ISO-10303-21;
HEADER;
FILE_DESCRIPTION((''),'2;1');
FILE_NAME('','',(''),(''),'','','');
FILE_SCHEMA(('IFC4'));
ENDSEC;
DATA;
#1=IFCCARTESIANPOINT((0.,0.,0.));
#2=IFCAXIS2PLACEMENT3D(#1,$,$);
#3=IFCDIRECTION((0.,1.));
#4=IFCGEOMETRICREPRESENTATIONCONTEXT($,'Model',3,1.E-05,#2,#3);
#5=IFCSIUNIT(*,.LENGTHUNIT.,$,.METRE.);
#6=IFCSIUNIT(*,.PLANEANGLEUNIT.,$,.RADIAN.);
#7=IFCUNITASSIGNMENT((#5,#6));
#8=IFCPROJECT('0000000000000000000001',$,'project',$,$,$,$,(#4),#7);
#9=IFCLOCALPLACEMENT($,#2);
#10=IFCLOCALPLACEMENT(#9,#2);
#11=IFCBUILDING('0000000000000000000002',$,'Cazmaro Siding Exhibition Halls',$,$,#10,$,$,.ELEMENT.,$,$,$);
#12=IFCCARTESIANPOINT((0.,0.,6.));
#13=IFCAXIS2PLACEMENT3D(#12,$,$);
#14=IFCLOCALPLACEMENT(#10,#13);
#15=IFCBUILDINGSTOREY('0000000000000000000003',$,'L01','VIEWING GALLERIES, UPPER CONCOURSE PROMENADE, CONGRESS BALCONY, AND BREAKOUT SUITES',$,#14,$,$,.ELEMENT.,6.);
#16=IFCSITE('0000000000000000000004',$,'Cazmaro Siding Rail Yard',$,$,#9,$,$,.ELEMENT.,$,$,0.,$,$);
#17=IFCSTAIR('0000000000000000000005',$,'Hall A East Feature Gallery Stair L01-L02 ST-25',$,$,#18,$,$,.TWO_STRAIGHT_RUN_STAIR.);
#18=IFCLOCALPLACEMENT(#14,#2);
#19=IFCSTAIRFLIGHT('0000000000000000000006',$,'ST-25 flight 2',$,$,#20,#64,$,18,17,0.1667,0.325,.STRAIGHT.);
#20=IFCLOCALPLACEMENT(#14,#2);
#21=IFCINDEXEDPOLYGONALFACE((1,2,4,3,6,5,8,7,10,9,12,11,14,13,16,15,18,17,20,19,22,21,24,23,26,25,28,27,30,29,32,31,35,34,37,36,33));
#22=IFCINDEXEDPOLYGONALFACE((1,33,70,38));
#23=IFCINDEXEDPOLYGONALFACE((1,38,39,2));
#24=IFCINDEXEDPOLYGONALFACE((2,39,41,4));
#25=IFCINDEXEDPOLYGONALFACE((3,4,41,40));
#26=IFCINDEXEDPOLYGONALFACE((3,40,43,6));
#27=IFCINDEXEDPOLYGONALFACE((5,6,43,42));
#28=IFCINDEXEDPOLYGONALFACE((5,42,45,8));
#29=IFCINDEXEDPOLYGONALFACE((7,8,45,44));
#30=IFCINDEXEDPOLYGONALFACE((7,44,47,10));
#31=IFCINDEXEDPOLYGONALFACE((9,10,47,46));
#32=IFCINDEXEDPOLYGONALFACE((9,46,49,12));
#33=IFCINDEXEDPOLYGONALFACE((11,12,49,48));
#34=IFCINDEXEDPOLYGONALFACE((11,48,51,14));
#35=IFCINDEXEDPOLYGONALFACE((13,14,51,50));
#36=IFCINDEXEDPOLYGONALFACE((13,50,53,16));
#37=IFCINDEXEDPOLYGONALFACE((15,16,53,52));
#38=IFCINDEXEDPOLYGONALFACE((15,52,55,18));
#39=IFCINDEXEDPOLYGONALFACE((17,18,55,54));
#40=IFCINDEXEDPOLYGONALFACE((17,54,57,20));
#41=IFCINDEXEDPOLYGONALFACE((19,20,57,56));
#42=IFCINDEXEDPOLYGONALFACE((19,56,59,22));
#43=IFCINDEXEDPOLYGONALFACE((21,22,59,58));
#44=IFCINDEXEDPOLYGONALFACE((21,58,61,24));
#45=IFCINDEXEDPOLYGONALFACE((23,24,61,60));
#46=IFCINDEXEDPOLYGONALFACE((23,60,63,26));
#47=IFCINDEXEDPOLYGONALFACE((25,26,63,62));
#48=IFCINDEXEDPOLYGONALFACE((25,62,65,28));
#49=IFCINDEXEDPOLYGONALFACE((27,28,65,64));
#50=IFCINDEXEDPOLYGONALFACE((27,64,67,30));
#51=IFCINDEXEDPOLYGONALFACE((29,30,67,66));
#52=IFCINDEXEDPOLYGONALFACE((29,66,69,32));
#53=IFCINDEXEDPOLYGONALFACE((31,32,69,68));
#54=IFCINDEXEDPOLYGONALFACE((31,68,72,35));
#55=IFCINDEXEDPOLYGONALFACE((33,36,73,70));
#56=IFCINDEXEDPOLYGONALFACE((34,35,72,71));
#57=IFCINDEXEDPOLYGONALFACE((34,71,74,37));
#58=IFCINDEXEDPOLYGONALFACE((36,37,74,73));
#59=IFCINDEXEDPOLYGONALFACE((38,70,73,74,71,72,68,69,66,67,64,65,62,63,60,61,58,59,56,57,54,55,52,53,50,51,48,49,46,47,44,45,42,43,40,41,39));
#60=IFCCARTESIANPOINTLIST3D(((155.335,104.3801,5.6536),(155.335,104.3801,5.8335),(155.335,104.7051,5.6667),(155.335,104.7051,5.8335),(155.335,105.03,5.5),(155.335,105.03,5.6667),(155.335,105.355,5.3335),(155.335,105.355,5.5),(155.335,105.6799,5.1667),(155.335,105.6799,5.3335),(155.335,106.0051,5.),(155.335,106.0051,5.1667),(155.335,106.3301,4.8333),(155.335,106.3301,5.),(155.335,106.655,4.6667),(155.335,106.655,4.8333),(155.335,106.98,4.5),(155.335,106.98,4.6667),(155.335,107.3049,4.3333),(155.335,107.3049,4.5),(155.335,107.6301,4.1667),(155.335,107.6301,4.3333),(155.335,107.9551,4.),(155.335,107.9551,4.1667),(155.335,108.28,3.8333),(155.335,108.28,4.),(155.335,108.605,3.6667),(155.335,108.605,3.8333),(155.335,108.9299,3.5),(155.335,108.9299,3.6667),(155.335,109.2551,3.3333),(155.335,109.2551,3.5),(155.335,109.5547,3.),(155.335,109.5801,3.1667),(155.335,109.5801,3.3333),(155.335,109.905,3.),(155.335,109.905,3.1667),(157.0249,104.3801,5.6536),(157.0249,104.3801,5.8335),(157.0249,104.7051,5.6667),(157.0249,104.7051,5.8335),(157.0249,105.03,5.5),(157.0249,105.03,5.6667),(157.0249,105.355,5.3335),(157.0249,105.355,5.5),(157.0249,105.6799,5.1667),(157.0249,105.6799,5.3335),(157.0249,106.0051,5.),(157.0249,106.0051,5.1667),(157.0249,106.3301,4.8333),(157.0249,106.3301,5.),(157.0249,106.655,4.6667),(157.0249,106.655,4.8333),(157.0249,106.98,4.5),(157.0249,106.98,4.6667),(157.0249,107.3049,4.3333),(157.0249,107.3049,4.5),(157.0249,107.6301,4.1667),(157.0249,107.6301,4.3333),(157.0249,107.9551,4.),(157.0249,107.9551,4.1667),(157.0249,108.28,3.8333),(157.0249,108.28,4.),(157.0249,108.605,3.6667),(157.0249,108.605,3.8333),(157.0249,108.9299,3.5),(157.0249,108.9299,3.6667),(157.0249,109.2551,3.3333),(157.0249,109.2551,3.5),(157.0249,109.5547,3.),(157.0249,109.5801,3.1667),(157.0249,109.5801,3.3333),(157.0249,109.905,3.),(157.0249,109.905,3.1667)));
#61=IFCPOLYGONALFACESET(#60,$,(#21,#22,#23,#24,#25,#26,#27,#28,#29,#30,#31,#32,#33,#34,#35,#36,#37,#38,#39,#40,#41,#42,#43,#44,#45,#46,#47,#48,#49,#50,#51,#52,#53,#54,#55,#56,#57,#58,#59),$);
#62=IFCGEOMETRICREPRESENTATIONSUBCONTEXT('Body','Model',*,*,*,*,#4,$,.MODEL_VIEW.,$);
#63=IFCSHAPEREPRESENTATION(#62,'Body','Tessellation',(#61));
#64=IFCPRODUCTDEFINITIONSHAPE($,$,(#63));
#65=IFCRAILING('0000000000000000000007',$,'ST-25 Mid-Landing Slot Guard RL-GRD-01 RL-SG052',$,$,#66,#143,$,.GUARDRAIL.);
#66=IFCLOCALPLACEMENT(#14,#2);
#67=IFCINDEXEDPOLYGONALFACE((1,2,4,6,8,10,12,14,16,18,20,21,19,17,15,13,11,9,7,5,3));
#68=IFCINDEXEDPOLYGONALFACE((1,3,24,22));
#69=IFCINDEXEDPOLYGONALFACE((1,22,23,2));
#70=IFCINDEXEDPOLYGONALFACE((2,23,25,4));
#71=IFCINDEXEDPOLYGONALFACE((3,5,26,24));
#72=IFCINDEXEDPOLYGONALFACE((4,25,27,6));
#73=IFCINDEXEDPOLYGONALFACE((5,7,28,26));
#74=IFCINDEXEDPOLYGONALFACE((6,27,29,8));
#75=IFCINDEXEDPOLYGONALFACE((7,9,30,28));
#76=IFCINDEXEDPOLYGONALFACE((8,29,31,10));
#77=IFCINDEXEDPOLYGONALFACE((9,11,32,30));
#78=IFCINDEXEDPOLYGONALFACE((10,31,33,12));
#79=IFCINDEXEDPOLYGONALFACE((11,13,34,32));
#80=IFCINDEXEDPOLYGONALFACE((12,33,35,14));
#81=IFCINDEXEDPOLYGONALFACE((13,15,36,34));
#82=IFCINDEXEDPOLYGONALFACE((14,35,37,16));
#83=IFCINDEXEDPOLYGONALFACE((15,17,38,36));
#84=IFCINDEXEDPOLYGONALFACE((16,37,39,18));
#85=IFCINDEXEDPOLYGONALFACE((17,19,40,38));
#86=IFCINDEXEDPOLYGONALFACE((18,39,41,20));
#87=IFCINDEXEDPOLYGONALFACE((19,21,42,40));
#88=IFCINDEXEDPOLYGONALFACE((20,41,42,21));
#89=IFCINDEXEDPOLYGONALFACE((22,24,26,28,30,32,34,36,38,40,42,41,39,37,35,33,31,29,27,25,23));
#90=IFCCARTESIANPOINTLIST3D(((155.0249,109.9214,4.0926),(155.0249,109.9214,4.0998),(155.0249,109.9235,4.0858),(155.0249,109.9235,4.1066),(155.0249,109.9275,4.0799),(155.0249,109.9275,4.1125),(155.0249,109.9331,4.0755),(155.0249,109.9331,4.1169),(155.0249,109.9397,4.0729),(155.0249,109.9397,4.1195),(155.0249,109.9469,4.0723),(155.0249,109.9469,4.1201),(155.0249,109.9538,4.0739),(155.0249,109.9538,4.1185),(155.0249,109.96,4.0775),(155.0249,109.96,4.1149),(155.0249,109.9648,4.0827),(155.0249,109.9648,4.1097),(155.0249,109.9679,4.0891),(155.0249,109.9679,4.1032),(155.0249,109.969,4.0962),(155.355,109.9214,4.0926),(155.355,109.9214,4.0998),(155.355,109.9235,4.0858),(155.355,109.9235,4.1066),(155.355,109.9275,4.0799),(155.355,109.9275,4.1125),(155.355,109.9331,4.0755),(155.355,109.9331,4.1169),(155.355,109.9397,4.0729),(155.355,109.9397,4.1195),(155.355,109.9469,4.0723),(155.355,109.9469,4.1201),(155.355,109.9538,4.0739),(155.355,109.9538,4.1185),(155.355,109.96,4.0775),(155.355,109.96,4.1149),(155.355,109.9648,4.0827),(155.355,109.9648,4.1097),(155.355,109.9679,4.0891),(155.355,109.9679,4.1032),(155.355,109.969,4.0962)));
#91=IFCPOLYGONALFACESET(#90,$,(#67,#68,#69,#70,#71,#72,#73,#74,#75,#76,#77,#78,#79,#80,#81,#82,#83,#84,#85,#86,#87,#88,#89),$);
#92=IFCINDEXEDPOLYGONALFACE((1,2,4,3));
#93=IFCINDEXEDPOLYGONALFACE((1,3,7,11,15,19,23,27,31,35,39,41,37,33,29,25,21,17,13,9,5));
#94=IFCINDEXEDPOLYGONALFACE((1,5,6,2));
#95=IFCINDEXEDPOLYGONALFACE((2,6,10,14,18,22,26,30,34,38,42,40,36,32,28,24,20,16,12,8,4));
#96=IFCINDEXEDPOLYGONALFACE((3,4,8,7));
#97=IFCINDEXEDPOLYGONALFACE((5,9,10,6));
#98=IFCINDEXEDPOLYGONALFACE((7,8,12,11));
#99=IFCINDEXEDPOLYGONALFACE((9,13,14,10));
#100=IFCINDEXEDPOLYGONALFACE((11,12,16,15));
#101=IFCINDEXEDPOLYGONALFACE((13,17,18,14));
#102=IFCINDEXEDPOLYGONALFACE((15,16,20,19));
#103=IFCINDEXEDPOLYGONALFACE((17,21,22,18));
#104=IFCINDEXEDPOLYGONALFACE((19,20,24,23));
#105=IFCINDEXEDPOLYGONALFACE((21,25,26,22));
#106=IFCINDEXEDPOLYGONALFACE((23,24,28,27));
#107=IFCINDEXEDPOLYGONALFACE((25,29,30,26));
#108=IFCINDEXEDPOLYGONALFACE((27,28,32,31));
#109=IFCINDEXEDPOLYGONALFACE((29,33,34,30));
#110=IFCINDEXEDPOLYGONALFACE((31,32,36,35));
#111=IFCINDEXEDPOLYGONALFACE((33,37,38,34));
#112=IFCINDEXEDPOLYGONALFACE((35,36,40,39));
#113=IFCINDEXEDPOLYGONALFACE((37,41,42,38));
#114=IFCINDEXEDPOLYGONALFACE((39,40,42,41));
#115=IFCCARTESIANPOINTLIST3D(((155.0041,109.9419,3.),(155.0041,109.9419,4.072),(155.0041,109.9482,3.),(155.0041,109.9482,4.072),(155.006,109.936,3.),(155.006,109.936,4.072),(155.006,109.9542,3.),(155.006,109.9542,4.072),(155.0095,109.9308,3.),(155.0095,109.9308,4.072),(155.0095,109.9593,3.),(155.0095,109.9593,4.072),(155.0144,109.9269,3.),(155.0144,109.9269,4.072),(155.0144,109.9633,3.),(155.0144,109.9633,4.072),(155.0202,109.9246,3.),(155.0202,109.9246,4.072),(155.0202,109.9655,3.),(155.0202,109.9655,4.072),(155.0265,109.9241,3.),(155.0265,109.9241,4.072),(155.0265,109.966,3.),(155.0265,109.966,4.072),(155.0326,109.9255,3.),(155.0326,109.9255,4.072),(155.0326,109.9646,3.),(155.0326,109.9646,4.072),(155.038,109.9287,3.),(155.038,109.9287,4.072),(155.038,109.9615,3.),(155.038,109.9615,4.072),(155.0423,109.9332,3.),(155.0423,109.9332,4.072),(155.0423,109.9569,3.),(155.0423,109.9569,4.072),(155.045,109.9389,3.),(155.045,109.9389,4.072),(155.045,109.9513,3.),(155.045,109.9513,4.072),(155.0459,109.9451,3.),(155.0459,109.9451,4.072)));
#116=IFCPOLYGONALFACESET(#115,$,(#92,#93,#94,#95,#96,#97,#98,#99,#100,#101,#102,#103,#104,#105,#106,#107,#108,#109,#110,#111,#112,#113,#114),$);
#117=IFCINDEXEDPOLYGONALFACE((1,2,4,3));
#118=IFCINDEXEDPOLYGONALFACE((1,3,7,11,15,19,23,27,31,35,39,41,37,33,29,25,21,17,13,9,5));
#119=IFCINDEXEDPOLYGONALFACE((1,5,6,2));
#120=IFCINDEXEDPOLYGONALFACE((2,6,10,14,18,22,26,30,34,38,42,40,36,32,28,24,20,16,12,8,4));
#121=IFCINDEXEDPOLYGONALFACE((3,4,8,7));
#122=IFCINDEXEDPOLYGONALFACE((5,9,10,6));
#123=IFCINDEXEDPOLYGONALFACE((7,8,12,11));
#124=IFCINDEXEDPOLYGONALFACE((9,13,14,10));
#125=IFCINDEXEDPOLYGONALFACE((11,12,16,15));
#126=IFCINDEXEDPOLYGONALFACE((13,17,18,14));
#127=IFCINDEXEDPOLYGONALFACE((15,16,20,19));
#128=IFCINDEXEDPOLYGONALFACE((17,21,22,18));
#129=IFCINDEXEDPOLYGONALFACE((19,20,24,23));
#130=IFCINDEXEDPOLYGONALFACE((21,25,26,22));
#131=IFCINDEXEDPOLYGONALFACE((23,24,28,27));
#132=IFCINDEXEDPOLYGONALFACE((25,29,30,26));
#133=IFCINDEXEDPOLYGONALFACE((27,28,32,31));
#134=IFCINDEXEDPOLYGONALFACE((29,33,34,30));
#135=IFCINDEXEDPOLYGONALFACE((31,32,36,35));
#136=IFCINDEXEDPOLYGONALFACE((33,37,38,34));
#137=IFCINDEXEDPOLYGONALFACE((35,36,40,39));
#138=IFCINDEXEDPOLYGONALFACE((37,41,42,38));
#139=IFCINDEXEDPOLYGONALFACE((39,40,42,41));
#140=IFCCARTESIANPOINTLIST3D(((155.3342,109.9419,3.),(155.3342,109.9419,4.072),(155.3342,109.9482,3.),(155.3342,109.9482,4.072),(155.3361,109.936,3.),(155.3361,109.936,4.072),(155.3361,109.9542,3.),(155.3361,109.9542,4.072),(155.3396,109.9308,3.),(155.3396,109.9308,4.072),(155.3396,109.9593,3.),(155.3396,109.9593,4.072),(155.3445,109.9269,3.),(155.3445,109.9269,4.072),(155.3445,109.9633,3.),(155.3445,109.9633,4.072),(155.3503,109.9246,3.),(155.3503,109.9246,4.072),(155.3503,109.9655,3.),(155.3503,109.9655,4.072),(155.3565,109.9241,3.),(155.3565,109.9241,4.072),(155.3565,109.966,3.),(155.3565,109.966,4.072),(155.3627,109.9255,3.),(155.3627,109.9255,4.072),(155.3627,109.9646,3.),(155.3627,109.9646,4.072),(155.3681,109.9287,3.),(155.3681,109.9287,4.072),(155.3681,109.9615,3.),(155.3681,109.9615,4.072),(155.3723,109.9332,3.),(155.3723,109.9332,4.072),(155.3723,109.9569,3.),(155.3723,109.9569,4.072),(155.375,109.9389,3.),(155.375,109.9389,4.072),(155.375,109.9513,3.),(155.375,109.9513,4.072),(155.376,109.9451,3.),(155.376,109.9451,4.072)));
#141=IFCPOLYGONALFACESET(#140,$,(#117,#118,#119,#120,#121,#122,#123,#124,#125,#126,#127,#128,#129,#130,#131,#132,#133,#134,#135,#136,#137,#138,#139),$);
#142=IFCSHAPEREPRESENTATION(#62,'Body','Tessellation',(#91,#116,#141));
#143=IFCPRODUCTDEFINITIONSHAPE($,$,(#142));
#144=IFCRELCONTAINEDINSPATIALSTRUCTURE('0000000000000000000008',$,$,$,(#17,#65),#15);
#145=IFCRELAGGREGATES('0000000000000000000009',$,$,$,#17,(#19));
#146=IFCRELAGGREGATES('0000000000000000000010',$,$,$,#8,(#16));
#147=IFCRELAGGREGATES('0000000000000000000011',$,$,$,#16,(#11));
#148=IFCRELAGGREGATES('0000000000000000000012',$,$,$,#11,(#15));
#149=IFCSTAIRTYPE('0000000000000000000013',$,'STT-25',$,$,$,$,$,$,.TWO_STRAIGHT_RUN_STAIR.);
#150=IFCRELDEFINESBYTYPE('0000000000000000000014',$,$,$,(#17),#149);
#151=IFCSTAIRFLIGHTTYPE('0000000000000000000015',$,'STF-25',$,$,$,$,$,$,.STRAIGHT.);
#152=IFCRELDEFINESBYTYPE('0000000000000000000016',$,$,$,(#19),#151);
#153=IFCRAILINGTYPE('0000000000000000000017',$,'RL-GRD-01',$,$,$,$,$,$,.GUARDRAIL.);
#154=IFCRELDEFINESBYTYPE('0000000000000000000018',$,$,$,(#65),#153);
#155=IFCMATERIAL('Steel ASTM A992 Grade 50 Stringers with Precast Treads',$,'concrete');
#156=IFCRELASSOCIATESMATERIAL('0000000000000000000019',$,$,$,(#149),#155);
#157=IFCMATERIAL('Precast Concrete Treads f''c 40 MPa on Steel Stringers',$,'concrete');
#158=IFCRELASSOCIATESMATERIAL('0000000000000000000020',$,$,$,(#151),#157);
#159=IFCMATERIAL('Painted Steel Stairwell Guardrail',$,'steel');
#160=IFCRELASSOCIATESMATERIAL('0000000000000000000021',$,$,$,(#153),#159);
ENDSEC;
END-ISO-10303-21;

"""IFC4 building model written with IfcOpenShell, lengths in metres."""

from ifc_helpers import new_model, si_unit, direction, frame, origin, origin_2d, place, context, subcontext, project, spatial, polyline, circle, outline, extrude, material, type_object, element, aggregate, save


model = new_model("IFC4")

# Units and contexts
model_context = context("Model", 3, precision=1e-05, world=origin(), true_north=direction((0.0, 1.0)))
body_context = subcontext(model_context, "Body", "Model", "MODEL_VIEW")
ifc_project = project(units=[si_unit("LENGTHUNIT", "METRE"), si_unit("PLANEANGLEUNIT", "RADIAN")], contexts=[model_context])

# Site, building, storey
site_placement = place(None, origin())
site = spatial("IfcSite", under=ifc_project, at=site_placement, Name="Cazmaro Siding Rail Yard", CompositionType="ELEMENT", RefElevation=0.0)
building_placement = place(site_placement, origin())
building = spatial("IfcBuilding", under=site, at=building_placement, Name="Cazmaro Siding Exhibition Halls", CompositionType="ELEMENT")
storey_placement = place(building_placement, frame((0.0, 0.0, 6.0)))
storey = spatial("IfcBuildingStorey", under=building, at=storey_placement, Name="L01", Description="VIEWING GALLERIES, UPPER CONCOURSE PROMENADE, CONGRESS BALCONY, AND BREAKOUT SUITES", CompositionType="ELEMENT", Elevation=6.0)

# Stair, stair flight
ifc_material_1 = material(Name="Steel ASTM A992 Grade 50 Stringers with Precast Treads", Category="concrete")
stair_type = type_object("IfcStairType", Name="STT-25", PredefinedType="TWO_STRAIGHT_RUN_STAIR", material=ifc_material_1)
stair_placement = place(storey_placement, origin())
stair = element("IfcStair", 1, at=stair_placement, inside=storey, type_object=stair_type, Name="Hall A East Feature Gallery Stair L01-L02 ST-25", PredefinedType="TWO_STRAIGHT_RUN_STAIR")
ifc_material_2 = material(Name="Precast Concrete Treads f'c 40 MPa on Steel Stringers", Category="concrete")
stair_flight_type = type_object("IfcStairFlightType", Name="STF-25", PredefinedType="STRAIGHT", material=ifc_material_2)
stair_flight_1_placement = place(storey_placement, frame((156.1799, 109.905, 3.0), z_axis=(0.0, 0.0, 1.0), x_axis=(0.0, -1.0, 0.0)))
stair_flight_1 = element("IfcStairFlight", 2, at=stair_flight_1_placement, type_object=stair_flight_type, Name="ST-25 flight 2", NumberOfRisers=18, NumberOfTreads=17, PredefinedType="STRAIGHT", RiserHeight=0.1667, TreadLength=0.325, context=body_context, shape_type="SweptSolid", body=[
    extrude(outline(polyline([(0.0, 0.0), (0.0, 0.1667), (0.325, 0.1667), (0.325, 0.3333), (0.6499, 0.3333), (0.6499, 0.5), (0.9751, 0.5), (0.9751, 0.6667), (1.3, 0.6667), (1.3, 0.8333), (1.625, 0.8333), (1.625, 1.0), (1.95, 1.0), (1.95, 1.1667), (2.2749, 1.1667), (2.2749, 1.3333), (2.6001, 1.3333), (2.6001, 1.5), (2.925, 1.5), (2.925, 1.6667), (3.25, 1.6667), (3.25, 1.8333), (3.575, 1.8333), (3.575, 2.0), (3.8999, 2.0), (3.8999, 2.1667), (4.2251, 2.1667), (4.2251, 2.3335), (4.55, 2.3335), (4.55, 2.5), (4.875, 2.5), (4.875, 2.6667), (5.2, 2.6667), (5.2, 2.8335), (5.5249, 2.8335), (5.5249, 3.0), (5.5249, 2.6536), (0.3503, 0.0), (0.0, 0.0)])), frame((0.0, 0.845, 0.0), z_axis=(0.0, -1.0, 0.0), x_axis=(1.0, 0.0, 0.0)), (0.0, 0.0, 1.0), 1.6899),
])
aggregate(stair, [stair_flight_1])

# Railing
ifc_material_3 = material(Name="Painted Steel Stairwell Guardrail", Category="steel")
railing_type_1 = type_object("IfcRailingType", Name="RL-GRD-01", PredefinedType="GUARDRAIL", material=ifc_material_3)
railing_1_placement = place(storey_placement, frame((155.0249, 109.9451, 3.0)))
element("IfcRailing", 3, at=railing_1_placement, inside=storey, type_object=railing_type_1, Name="ST-25 Mid-Landing Slot Guard RL-GRD-01 RL-SG052", PredefinedType="GUARDRAIL", context=body_context, shape_type="SweptSolid", body=[
    extrude(circle(Radius=0.0239, at=origin_2d()), frame((0.0, 0.0, 1.0962), z_axis=(1.0, 0.0, 0.0), x_axis=(0.0, 1.0, 0.0)), (0.0, 0.0, 1.0), 0.3301),
    extrude(circle(Radius=0.021, at=origin_2d()), origin(), (0.0, 0.0, 1.0), 1.072),
    extrude(circle(Radius=0.021, at=origin_2d()), frame((0.3301, 0.0, 0.0)), (0.0, 0.0, 1.0), 1.072),
])

save(model, "model.ifc")
